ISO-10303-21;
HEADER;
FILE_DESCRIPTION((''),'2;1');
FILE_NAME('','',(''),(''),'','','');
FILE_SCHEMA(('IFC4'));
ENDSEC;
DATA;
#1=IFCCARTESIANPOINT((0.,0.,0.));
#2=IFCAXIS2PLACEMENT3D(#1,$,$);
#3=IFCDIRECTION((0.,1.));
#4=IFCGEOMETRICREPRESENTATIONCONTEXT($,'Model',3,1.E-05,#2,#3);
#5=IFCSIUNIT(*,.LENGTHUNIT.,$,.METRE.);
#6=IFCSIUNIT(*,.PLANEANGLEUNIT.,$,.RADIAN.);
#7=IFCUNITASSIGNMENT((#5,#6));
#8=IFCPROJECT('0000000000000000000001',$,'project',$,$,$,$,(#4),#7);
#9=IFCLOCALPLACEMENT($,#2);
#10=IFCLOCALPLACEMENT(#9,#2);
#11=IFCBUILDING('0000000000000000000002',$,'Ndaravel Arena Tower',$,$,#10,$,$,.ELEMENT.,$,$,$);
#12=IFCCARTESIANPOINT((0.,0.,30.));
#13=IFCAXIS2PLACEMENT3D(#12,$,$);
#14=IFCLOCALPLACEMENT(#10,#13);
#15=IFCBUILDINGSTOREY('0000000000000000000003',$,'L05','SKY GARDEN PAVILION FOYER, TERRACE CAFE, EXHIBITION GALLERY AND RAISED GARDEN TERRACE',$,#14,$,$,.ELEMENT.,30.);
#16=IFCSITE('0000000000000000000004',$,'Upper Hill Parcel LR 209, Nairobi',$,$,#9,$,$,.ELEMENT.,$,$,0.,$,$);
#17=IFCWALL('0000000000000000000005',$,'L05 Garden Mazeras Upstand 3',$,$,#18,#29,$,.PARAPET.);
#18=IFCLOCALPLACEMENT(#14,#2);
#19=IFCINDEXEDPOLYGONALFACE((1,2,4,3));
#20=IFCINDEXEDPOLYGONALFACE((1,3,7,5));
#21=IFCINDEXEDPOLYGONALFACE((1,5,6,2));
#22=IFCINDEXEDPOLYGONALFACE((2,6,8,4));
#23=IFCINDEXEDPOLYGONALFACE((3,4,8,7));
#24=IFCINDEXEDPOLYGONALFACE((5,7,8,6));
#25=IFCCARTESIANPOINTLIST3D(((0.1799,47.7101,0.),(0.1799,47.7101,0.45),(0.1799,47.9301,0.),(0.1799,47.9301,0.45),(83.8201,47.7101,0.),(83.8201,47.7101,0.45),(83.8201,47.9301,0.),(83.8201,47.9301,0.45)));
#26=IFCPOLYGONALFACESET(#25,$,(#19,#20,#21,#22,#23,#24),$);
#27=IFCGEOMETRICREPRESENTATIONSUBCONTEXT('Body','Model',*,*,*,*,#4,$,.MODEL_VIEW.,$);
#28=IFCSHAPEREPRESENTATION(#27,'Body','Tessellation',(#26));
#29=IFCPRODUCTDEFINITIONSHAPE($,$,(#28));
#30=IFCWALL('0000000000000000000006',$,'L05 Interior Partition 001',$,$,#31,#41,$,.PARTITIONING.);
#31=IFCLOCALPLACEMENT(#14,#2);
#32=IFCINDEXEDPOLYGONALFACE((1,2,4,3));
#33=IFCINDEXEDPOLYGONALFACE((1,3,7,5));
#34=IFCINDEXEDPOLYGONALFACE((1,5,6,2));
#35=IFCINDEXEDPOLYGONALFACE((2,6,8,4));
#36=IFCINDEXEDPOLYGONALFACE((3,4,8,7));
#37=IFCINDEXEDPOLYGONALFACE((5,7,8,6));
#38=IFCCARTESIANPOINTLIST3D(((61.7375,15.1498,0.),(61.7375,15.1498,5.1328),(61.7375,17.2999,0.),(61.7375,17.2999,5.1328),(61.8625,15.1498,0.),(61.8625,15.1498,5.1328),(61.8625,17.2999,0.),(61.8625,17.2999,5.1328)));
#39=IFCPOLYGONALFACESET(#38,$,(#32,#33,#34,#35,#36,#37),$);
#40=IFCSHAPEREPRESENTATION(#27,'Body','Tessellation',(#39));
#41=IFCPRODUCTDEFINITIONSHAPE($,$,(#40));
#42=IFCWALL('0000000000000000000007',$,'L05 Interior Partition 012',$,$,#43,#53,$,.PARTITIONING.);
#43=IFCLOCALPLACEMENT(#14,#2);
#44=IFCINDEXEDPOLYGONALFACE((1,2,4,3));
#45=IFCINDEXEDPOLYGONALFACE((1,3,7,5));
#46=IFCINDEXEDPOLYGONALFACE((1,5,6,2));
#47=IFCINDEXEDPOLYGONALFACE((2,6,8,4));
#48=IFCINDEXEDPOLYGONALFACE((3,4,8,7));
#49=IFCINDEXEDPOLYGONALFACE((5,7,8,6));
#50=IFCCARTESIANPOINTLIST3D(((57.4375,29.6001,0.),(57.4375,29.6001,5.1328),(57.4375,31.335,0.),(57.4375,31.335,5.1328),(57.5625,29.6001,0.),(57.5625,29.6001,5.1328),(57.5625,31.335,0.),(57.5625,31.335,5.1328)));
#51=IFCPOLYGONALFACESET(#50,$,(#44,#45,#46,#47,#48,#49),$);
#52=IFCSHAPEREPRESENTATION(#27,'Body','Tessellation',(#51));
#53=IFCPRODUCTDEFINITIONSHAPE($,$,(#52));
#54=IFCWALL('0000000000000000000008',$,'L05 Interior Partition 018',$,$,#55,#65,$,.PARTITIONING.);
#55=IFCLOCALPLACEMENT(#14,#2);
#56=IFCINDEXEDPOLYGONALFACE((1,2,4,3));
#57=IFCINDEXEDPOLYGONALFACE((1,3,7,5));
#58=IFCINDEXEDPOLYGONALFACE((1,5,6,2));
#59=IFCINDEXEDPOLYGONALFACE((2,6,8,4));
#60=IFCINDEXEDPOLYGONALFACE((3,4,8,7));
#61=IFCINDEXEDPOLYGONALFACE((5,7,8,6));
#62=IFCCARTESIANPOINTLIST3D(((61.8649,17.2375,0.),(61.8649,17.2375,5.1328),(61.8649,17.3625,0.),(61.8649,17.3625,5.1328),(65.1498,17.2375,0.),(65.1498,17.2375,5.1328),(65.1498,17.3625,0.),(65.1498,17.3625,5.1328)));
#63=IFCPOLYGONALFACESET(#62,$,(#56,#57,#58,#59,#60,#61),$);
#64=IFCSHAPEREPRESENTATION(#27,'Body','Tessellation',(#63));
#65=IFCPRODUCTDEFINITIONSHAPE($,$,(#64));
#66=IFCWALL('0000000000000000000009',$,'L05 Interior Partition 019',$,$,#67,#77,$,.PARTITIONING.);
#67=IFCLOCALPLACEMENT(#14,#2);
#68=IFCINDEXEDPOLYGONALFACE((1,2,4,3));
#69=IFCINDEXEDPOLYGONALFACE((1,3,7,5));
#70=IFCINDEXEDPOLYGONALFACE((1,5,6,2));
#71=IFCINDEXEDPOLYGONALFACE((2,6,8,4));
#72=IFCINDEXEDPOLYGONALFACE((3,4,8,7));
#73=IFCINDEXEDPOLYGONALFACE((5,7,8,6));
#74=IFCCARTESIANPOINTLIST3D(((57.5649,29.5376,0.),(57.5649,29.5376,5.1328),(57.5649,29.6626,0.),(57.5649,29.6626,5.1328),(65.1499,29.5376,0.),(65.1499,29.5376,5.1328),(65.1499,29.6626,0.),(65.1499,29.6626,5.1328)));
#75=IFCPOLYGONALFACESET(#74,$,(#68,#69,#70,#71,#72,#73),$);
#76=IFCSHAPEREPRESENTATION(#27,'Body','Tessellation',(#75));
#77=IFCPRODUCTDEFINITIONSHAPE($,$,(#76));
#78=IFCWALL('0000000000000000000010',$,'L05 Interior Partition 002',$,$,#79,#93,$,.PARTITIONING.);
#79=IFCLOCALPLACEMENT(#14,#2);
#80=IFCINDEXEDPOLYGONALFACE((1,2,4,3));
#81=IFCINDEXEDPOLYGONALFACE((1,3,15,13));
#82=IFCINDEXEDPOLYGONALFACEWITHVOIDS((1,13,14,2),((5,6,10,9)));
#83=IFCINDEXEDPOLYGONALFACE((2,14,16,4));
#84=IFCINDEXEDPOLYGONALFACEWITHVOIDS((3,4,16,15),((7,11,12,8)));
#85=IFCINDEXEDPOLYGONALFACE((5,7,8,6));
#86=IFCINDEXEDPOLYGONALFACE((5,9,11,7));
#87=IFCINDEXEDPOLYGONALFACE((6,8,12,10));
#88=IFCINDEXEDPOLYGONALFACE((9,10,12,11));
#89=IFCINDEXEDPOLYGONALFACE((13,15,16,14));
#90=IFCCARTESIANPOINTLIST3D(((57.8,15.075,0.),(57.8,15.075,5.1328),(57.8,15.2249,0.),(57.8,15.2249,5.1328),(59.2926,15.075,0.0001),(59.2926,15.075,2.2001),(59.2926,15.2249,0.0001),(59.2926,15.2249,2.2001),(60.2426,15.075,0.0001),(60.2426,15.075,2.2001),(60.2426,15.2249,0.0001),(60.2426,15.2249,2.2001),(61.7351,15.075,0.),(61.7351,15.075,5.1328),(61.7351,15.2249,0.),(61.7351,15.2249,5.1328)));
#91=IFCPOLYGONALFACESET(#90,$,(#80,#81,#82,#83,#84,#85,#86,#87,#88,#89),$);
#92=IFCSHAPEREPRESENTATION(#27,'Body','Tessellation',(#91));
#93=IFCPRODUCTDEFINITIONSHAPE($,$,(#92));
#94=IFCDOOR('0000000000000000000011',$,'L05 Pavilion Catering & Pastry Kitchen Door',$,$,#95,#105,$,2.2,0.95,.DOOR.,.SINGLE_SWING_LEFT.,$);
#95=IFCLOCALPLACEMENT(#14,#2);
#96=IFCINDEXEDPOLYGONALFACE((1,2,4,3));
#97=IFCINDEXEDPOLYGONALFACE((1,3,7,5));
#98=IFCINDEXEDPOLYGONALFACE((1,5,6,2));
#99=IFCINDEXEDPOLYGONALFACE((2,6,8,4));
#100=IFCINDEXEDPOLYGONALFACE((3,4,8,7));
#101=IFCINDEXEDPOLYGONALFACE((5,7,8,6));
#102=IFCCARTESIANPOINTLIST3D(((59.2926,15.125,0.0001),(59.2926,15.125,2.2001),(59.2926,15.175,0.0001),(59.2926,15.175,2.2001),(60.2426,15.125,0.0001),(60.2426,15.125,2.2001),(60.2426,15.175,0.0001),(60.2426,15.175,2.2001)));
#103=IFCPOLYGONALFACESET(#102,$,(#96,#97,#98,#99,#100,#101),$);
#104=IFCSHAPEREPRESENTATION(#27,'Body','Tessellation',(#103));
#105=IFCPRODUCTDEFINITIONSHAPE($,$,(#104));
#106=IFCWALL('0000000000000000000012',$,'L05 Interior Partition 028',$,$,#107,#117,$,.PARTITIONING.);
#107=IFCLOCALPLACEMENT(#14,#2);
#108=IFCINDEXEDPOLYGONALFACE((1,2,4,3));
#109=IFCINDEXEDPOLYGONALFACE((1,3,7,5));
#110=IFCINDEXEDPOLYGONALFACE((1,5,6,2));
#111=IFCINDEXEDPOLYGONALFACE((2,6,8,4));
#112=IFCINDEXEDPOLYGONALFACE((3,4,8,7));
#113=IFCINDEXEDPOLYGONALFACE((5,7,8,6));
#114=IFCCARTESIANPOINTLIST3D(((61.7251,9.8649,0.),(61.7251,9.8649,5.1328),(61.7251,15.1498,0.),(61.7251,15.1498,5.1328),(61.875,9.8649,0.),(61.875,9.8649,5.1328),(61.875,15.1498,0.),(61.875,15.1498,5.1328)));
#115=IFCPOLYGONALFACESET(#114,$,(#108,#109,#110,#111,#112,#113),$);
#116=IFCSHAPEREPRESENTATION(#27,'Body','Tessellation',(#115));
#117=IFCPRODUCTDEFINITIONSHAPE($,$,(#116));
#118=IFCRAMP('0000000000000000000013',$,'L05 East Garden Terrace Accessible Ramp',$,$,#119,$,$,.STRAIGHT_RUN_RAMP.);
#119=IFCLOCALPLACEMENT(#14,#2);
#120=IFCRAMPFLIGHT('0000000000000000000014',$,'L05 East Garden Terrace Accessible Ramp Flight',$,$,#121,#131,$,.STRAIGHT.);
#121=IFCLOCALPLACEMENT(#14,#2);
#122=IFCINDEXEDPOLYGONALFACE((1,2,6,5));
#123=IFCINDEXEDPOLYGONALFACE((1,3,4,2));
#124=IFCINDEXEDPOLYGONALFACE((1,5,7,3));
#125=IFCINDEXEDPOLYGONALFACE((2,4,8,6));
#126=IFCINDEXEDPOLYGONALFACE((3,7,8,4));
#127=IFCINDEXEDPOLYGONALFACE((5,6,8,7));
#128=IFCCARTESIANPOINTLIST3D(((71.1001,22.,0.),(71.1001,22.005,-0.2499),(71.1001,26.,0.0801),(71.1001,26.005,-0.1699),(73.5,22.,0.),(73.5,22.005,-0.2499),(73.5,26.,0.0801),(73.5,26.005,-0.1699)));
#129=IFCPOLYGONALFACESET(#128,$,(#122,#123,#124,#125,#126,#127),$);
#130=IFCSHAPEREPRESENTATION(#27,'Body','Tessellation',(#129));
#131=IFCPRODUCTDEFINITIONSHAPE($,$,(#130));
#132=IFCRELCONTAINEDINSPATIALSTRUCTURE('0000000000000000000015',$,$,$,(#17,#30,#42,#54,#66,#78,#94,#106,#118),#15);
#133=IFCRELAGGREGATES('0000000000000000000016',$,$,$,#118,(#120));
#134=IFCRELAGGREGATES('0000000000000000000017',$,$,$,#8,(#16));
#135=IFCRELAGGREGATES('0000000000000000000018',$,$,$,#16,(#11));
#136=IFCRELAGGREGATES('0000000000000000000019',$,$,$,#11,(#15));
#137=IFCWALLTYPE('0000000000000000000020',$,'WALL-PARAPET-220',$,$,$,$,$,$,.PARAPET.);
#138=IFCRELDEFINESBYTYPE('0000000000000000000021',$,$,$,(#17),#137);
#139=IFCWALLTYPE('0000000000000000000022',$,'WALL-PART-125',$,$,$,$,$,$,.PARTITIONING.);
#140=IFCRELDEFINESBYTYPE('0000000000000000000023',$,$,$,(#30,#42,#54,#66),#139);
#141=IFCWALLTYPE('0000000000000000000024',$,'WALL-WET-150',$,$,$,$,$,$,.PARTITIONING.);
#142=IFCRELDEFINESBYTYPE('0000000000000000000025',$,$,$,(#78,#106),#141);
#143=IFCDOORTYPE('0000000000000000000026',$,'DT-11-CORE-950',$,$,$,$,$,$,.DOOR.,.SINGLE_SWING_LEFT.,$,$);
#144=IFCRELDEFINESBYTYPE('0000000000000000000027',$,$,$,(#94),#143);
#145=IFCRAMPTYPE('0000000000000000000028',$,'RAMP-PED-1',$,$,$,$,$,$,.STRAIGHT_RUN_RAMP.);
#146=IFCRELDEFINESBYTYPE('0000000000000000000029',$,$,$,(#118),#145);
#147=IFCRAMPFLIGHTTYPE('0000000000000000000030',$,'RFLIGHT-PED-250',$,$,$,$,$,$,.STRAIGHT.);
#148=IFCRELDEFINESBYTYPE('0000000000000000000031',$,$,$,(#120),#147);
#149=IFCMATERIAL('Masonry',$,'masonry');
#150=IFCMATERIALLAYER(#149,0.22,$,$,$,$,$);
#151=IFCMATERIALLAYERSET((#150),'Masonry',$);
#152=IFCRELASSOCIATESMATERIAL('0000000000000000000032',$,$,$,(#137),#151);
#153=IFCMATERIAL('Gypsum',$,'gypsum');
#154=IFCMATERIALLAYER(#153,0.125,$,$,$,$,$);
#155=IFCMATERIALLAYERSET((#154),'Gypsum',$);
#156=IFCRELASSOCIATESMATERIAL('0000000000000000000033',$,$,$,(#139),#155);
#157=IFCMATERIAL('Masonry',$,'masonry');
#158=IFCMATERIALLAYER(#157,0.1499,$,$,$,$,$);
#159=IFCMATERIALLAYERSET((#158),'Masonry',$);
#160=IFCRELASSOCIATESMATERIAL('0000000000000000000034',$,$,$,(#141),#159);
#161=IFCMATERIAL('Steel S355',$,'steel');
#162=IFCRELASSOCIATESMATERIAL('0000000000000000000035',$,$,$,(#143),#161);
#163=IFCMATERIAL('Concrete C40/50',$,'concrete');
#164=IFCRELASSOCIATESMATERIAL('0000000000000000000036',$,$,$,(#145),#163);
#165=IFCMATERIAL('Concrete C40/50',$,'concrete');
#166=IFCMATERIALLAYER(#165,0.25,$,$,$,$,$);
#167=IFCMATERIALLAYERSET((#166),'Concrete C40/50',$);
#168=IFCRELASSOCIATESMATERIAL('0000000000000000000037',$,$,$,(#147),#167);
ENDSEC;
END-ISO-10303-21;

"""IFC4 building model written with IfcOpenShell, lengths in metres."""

from ifc_helpers import new_model, si_unit, direction, frame, frame_2d, origin, place, context, subcontext, project, spatial, polyline, rectangle, outline, extrude, material, layer, layer_set, type_object, element, fill, aggregate, save


model = new_model("IFC4")

# Units and contexts
model_context = context("Model", 3, precision=1e-05, world=origin(), true_north=direction((0.0, 1.0)))
body_context = subcontext(model_context, "Body", "Model", "MODEL_VIEW")
ifc_project = project(units=[si_unit("LENGTHUNIT", "METRE"), si_unit("PLANEANGLEUNIT", "RADIAN")], contexts=[model_context])

# Site, building, storey
site_placement = place(None, origin())
site = spatial("IfcSite", under=ifc_project, at=site_placement, Name="Upper Hill Parcel LR 209, Nairobi", CompositionType="ELEMENT", RefElevation=0.0)
building_placement = place(site_placement, origin())
building = spatial("IfcBuilding", under=site, at=building_placement, Name="Ndaravel Arena Tower", CompositionType="ELEMENT")
storey_placement = place(building_placement, frame((0.0, 0.0, 30.0)))
storey = spatial("IfcBuildingStorey", under=building, at=storey_placement, Name="L05", Description="SKY GARDEN PAVILION FOYER, TERRACE CAFE, EXHIBITION GALLERY AND RAISED GARDEN TERRACE", CompositionType="ELEMENT", Elevation=30.0)

# Walls
ifc_material_1 = material(Name="Masonry", Category="masonry")
ifc_layer_1 = layer(ifc_material_1, 0.22)
ifc_layer_set_1 = layer_set([ifc_layer_1], Name="Masonry")
wall_type_1 = type_object("IfcWallType", Name="WALL-PARAPET-220", PredefinedType="PARAPET", material=ifc_layer_set_1)
wall_1_placement = place(storey_placement, frame((83.8201, 47.8201, 0.0), z_axis=(0.0, 0.0, 1.0), x_axis=(-1.0, 0.0, 0.0)))
element("IfcWall", 1, at=wall_1_placement, inside=storey, type_object=wall_type_1, Name="L05 Garden Mazeras Upstand 3", PredefinedType="PARAPET", context=body_context, shape_type="SweptSolid", body=[
    extrude(rectangle(XDim=83.6401, YDim=0.22, at=frame_2d((41.8201, 0.0))), origin(), (0.0, 0.0, 1.0), 0.45),
])
ifc_material_2 = material(Name="Gypsum", Category="gypsum")
ifc_layer_2 = layer(ifc_material_2, 0.125)
ifc_layer_set_2 = layer_set([ifc_layer_2], Name="Gypsum")
wall_type_2 = type_object("IfcWallType", Name="WALL-PART-125", PredefinedType="PARTITIONING", material=ifc_layer_set_2)
wall_2_placement = place(storey_placement, frame((61.8, 17.3, 0.0), z_axis=(0.0, 0.0, 1.0), x_axis=(0.0, -1.0, 0.0)))
element("IfcWall", 2, at=wall_2_placement, inside=storey, type_object=wall_type_2, Name="L05 Interior Partition 001", PredefinedType="PARTITIONING", context=body_context, shape_type="SweptSolid", body=[
    extrude(rectangle(XDim=2.1501, YDim=0.125, at=frame_2d((1.0752, 0.0))), origin(), (0.0, 0.0, 1.0), 5.1328),
])
wall_3_placement = place(storey_placement, frame((57.5, 31.335, 0.0), z_axis=(0.0, 0.0, 1.0), x_axis=(0.0, -1.0, 0.0)))
element("IfcWall", 3, at=wall_3_placement, inside=storey, type_object=wall_type_2, Name="L05 Interior Partition 012", PredefinedType="PARTITIONING", context=body_context, shape_type="SweptSolid", body=[
    extrude(rectangle(XDim=1.7349, YDim=0.125, at=frame_2d((0.8674, 0.0))), origin(), (0.0, 0.0, 1.0), 5.1328),
])
wall_4_placement = place(storey_placement, frame((65.1499, 17.3, 0.0), z_axis=(0.0, 0.0, 1.0), x_axis=(-1.0, 0.0, 0.0)))
element("IfcWall", 4, at=wall_4_placement, inside=storey, type_object=wall_type_2, Name="L05 Interior Partition 018", PredefinedType="PARTITIONING", context=body_context, shape_type="SweptSolid", body=[
    extrude(rectangle(XDim=3.2849, YDim=0.125, at=frame_2d((1.6426, 0.0))), origin(), (0.0, 0.0, 1.0), 5.1328),
])
wall_5_placement = place(storey_placement, frame((57.5649, 29.6001, 0.0), z_axis=(0.0, 0.0, 1.0), x_axis=(1.0, 0.0, 0.0)))
element("IfcWall", 5, at=wall_5_placement, inside=storey, type_object=wall_type_2, Name="L05 Interior Partition 019", PredefinedType="PARTITIONING", context=body_context, shape_type="SweptSolid", body=[
    extrude(rectangle(XDim=7.585, YDim=0.125, at=frame_2d((3.7925, 0.0))), origin(), (0.0, 0.0, 1.0), 5.1328),
])

# Wall, opening, door
ifc_material_3 = material(Name="Masonry", Category="masonry")
ifc_layer_3 = layer(ifc_material_3, 0.1499)
ifc_layer_set_3 = layer_set([ifc_layer_3], Name="Masonry")
wall_type_3 = type_object("IfcWallType", Name="WALL-WET-150", PredefinedType="PARTITIONING", material=ifc_layer_set_3)
wall_6_placement = place(storey_placement, frame((61.7351, 15.1499, 0.0), z_axis=(0.0, 0.0, 1.0), x_axis=(-1.0, 0.0, 0.0)))
wall_6 = element("IfcWall", 6, at=wall_6_placement, inside=storey, type_object=wall_type_3, Name="L05 Interior Partition 002", PredefinedType="PARTITIONING", context=body_context, shape_type="SweptSolid", body=[
    extrude(rectangle(XDim=3.9351, YDim=0.1499, at=frame_2d((1.9675, 0.0))), origin(), (0.0, 0.0, 1.0), 5.1328),
])
opening_placement = place(wall_6_placement, frame((1.4924, 0.0, 0.0)))
opening = element("IfcOpeningElement", 7, at=opening_placement, cuts=wall_6, PredefinedType="OPENING", context=body_context, shape_type="SweptSolid", body=[
    extrude(rectangle(XDim=0.95, YDim=2.2, at=frame_2d((0.4751, 1.1001))), frame((0.0, 0.075, 0.0), z_axis=(0.0, -1.0, 0.0), x_axis=(1.0, 0.0, 0.0)), (0.0, 0.0, 1.0), 0.1499),
])
ifc_material_4 = material(Name="Steel S355", Category="steel")
door_type = type_object("IfcDoorType", Name="DT-11-CORE-950", OperationType="SINGLE_SWING_LEFT", PredefinedType="DOOR", material=ifc_material_4)
door_placement = place(opening_placement, origin())
door = element("IfcDoor", 8, at=door_placement, inside=storey, type_object=door_type, Name="L05 Pavilion Catering & Pastry Kitchen Door", OperationType="SINGLE_SWING_LEFT", OverallHeight=2.2, OverallWidth=0.95, PredefinedType="DOOR", context=body_context, shape_type="SweptSolid", body=[
    extrude(rectangle(XDim=0.95, YDim=2.2, at=frame_2d((0.4751, 1.1001))), frame((0.0, 0.0249, 0.0), z_axis=(0.0, -1.0, 0.0), x_axis=(1.0, 0.0, 0.0)), (0.0, 0.0, 1.0), 0.05),
])
fill(opening, door)

# Wall
wall_7_placement = place(storey_placement, frame((61.8, 15.1499, 0.0), z_axis=(0.0, 0.0, 1.0), x_axis=(0.0, -1.0, 0.0)))
element("IfcWall", 9, at=wall_7_placement, inside=storey, type_object=wall_type_3, Name="L05 Interior Partition 028", PredefinedType="PARTITIONING", context=body_context, shape_type="SweptSolid", body=[
    extrude(rectangle(XDim=5.2849, YDim=0.1499, at=frame_2d((2.6426, 0.0))), origin(), (0.0, 0.0, 1.0), 5.1328),
])

# Ramp, ramp flight
ifc_material_5 = material(Name="Concrete C40/50", Category="concrete")
ramp_type = type_object("IfcRampType", Name="RAMP-PED-1", PredefinedType="STRAIGHT_RUN_RAMP", material=ifc_material_5)
ramp_placement = place(storey_placement, origin())
ramp = element("IfcRamp", 10, at=ramp_placement, inside=storey, type_object=ramp_type, Name="L05 East Garden Terrace Accessible Ramp", PredefinedType="STRAIGHT_RUN_RAMP")
ifc_material_6 = material(Name="Concrete C40/50", Category="concrete")
ifc_layer_4 = layer(ifc_material_6, 0.25)
ifc_layer_set_4 = layer_set([ifc_layer_4], Name="Concrete C40/50")
ramp_flight_type = type_object("IfcRampFlightType", Name="RFLIGHT-PED-250", PredefinedType="STRAIGHT", material=ifc_layer_set_4)
ramp_flight_placement = place(storey_placement, frame((71.1001, 22.0, 0.0), z_axis=(0.0, -0.020016, 0.9998), x_axis=(1.0, 0.0, 0.0)))
ramp_flight = element("IfcRampFlight", 11, at=ramp_flight_placement, type_object=ramp_flight_type, Name="L05 East Garden Terrace Accessible Ramp Flight", PredefinedType="STRAIGHT", context=body_context, shape_type="SweptSolid", body=[
    extrude(outline(polyline([(0.0, 0.0), (2.3999, 0.0), (2.3999, 4.0008), (0.0, 4.0008), (0.0, 0.0)])), origin(), (0.0, 0.0, -1.0), 0.25),
])
aggregate(ramp, [ramp_flight])

save(model, "model.ifc")
